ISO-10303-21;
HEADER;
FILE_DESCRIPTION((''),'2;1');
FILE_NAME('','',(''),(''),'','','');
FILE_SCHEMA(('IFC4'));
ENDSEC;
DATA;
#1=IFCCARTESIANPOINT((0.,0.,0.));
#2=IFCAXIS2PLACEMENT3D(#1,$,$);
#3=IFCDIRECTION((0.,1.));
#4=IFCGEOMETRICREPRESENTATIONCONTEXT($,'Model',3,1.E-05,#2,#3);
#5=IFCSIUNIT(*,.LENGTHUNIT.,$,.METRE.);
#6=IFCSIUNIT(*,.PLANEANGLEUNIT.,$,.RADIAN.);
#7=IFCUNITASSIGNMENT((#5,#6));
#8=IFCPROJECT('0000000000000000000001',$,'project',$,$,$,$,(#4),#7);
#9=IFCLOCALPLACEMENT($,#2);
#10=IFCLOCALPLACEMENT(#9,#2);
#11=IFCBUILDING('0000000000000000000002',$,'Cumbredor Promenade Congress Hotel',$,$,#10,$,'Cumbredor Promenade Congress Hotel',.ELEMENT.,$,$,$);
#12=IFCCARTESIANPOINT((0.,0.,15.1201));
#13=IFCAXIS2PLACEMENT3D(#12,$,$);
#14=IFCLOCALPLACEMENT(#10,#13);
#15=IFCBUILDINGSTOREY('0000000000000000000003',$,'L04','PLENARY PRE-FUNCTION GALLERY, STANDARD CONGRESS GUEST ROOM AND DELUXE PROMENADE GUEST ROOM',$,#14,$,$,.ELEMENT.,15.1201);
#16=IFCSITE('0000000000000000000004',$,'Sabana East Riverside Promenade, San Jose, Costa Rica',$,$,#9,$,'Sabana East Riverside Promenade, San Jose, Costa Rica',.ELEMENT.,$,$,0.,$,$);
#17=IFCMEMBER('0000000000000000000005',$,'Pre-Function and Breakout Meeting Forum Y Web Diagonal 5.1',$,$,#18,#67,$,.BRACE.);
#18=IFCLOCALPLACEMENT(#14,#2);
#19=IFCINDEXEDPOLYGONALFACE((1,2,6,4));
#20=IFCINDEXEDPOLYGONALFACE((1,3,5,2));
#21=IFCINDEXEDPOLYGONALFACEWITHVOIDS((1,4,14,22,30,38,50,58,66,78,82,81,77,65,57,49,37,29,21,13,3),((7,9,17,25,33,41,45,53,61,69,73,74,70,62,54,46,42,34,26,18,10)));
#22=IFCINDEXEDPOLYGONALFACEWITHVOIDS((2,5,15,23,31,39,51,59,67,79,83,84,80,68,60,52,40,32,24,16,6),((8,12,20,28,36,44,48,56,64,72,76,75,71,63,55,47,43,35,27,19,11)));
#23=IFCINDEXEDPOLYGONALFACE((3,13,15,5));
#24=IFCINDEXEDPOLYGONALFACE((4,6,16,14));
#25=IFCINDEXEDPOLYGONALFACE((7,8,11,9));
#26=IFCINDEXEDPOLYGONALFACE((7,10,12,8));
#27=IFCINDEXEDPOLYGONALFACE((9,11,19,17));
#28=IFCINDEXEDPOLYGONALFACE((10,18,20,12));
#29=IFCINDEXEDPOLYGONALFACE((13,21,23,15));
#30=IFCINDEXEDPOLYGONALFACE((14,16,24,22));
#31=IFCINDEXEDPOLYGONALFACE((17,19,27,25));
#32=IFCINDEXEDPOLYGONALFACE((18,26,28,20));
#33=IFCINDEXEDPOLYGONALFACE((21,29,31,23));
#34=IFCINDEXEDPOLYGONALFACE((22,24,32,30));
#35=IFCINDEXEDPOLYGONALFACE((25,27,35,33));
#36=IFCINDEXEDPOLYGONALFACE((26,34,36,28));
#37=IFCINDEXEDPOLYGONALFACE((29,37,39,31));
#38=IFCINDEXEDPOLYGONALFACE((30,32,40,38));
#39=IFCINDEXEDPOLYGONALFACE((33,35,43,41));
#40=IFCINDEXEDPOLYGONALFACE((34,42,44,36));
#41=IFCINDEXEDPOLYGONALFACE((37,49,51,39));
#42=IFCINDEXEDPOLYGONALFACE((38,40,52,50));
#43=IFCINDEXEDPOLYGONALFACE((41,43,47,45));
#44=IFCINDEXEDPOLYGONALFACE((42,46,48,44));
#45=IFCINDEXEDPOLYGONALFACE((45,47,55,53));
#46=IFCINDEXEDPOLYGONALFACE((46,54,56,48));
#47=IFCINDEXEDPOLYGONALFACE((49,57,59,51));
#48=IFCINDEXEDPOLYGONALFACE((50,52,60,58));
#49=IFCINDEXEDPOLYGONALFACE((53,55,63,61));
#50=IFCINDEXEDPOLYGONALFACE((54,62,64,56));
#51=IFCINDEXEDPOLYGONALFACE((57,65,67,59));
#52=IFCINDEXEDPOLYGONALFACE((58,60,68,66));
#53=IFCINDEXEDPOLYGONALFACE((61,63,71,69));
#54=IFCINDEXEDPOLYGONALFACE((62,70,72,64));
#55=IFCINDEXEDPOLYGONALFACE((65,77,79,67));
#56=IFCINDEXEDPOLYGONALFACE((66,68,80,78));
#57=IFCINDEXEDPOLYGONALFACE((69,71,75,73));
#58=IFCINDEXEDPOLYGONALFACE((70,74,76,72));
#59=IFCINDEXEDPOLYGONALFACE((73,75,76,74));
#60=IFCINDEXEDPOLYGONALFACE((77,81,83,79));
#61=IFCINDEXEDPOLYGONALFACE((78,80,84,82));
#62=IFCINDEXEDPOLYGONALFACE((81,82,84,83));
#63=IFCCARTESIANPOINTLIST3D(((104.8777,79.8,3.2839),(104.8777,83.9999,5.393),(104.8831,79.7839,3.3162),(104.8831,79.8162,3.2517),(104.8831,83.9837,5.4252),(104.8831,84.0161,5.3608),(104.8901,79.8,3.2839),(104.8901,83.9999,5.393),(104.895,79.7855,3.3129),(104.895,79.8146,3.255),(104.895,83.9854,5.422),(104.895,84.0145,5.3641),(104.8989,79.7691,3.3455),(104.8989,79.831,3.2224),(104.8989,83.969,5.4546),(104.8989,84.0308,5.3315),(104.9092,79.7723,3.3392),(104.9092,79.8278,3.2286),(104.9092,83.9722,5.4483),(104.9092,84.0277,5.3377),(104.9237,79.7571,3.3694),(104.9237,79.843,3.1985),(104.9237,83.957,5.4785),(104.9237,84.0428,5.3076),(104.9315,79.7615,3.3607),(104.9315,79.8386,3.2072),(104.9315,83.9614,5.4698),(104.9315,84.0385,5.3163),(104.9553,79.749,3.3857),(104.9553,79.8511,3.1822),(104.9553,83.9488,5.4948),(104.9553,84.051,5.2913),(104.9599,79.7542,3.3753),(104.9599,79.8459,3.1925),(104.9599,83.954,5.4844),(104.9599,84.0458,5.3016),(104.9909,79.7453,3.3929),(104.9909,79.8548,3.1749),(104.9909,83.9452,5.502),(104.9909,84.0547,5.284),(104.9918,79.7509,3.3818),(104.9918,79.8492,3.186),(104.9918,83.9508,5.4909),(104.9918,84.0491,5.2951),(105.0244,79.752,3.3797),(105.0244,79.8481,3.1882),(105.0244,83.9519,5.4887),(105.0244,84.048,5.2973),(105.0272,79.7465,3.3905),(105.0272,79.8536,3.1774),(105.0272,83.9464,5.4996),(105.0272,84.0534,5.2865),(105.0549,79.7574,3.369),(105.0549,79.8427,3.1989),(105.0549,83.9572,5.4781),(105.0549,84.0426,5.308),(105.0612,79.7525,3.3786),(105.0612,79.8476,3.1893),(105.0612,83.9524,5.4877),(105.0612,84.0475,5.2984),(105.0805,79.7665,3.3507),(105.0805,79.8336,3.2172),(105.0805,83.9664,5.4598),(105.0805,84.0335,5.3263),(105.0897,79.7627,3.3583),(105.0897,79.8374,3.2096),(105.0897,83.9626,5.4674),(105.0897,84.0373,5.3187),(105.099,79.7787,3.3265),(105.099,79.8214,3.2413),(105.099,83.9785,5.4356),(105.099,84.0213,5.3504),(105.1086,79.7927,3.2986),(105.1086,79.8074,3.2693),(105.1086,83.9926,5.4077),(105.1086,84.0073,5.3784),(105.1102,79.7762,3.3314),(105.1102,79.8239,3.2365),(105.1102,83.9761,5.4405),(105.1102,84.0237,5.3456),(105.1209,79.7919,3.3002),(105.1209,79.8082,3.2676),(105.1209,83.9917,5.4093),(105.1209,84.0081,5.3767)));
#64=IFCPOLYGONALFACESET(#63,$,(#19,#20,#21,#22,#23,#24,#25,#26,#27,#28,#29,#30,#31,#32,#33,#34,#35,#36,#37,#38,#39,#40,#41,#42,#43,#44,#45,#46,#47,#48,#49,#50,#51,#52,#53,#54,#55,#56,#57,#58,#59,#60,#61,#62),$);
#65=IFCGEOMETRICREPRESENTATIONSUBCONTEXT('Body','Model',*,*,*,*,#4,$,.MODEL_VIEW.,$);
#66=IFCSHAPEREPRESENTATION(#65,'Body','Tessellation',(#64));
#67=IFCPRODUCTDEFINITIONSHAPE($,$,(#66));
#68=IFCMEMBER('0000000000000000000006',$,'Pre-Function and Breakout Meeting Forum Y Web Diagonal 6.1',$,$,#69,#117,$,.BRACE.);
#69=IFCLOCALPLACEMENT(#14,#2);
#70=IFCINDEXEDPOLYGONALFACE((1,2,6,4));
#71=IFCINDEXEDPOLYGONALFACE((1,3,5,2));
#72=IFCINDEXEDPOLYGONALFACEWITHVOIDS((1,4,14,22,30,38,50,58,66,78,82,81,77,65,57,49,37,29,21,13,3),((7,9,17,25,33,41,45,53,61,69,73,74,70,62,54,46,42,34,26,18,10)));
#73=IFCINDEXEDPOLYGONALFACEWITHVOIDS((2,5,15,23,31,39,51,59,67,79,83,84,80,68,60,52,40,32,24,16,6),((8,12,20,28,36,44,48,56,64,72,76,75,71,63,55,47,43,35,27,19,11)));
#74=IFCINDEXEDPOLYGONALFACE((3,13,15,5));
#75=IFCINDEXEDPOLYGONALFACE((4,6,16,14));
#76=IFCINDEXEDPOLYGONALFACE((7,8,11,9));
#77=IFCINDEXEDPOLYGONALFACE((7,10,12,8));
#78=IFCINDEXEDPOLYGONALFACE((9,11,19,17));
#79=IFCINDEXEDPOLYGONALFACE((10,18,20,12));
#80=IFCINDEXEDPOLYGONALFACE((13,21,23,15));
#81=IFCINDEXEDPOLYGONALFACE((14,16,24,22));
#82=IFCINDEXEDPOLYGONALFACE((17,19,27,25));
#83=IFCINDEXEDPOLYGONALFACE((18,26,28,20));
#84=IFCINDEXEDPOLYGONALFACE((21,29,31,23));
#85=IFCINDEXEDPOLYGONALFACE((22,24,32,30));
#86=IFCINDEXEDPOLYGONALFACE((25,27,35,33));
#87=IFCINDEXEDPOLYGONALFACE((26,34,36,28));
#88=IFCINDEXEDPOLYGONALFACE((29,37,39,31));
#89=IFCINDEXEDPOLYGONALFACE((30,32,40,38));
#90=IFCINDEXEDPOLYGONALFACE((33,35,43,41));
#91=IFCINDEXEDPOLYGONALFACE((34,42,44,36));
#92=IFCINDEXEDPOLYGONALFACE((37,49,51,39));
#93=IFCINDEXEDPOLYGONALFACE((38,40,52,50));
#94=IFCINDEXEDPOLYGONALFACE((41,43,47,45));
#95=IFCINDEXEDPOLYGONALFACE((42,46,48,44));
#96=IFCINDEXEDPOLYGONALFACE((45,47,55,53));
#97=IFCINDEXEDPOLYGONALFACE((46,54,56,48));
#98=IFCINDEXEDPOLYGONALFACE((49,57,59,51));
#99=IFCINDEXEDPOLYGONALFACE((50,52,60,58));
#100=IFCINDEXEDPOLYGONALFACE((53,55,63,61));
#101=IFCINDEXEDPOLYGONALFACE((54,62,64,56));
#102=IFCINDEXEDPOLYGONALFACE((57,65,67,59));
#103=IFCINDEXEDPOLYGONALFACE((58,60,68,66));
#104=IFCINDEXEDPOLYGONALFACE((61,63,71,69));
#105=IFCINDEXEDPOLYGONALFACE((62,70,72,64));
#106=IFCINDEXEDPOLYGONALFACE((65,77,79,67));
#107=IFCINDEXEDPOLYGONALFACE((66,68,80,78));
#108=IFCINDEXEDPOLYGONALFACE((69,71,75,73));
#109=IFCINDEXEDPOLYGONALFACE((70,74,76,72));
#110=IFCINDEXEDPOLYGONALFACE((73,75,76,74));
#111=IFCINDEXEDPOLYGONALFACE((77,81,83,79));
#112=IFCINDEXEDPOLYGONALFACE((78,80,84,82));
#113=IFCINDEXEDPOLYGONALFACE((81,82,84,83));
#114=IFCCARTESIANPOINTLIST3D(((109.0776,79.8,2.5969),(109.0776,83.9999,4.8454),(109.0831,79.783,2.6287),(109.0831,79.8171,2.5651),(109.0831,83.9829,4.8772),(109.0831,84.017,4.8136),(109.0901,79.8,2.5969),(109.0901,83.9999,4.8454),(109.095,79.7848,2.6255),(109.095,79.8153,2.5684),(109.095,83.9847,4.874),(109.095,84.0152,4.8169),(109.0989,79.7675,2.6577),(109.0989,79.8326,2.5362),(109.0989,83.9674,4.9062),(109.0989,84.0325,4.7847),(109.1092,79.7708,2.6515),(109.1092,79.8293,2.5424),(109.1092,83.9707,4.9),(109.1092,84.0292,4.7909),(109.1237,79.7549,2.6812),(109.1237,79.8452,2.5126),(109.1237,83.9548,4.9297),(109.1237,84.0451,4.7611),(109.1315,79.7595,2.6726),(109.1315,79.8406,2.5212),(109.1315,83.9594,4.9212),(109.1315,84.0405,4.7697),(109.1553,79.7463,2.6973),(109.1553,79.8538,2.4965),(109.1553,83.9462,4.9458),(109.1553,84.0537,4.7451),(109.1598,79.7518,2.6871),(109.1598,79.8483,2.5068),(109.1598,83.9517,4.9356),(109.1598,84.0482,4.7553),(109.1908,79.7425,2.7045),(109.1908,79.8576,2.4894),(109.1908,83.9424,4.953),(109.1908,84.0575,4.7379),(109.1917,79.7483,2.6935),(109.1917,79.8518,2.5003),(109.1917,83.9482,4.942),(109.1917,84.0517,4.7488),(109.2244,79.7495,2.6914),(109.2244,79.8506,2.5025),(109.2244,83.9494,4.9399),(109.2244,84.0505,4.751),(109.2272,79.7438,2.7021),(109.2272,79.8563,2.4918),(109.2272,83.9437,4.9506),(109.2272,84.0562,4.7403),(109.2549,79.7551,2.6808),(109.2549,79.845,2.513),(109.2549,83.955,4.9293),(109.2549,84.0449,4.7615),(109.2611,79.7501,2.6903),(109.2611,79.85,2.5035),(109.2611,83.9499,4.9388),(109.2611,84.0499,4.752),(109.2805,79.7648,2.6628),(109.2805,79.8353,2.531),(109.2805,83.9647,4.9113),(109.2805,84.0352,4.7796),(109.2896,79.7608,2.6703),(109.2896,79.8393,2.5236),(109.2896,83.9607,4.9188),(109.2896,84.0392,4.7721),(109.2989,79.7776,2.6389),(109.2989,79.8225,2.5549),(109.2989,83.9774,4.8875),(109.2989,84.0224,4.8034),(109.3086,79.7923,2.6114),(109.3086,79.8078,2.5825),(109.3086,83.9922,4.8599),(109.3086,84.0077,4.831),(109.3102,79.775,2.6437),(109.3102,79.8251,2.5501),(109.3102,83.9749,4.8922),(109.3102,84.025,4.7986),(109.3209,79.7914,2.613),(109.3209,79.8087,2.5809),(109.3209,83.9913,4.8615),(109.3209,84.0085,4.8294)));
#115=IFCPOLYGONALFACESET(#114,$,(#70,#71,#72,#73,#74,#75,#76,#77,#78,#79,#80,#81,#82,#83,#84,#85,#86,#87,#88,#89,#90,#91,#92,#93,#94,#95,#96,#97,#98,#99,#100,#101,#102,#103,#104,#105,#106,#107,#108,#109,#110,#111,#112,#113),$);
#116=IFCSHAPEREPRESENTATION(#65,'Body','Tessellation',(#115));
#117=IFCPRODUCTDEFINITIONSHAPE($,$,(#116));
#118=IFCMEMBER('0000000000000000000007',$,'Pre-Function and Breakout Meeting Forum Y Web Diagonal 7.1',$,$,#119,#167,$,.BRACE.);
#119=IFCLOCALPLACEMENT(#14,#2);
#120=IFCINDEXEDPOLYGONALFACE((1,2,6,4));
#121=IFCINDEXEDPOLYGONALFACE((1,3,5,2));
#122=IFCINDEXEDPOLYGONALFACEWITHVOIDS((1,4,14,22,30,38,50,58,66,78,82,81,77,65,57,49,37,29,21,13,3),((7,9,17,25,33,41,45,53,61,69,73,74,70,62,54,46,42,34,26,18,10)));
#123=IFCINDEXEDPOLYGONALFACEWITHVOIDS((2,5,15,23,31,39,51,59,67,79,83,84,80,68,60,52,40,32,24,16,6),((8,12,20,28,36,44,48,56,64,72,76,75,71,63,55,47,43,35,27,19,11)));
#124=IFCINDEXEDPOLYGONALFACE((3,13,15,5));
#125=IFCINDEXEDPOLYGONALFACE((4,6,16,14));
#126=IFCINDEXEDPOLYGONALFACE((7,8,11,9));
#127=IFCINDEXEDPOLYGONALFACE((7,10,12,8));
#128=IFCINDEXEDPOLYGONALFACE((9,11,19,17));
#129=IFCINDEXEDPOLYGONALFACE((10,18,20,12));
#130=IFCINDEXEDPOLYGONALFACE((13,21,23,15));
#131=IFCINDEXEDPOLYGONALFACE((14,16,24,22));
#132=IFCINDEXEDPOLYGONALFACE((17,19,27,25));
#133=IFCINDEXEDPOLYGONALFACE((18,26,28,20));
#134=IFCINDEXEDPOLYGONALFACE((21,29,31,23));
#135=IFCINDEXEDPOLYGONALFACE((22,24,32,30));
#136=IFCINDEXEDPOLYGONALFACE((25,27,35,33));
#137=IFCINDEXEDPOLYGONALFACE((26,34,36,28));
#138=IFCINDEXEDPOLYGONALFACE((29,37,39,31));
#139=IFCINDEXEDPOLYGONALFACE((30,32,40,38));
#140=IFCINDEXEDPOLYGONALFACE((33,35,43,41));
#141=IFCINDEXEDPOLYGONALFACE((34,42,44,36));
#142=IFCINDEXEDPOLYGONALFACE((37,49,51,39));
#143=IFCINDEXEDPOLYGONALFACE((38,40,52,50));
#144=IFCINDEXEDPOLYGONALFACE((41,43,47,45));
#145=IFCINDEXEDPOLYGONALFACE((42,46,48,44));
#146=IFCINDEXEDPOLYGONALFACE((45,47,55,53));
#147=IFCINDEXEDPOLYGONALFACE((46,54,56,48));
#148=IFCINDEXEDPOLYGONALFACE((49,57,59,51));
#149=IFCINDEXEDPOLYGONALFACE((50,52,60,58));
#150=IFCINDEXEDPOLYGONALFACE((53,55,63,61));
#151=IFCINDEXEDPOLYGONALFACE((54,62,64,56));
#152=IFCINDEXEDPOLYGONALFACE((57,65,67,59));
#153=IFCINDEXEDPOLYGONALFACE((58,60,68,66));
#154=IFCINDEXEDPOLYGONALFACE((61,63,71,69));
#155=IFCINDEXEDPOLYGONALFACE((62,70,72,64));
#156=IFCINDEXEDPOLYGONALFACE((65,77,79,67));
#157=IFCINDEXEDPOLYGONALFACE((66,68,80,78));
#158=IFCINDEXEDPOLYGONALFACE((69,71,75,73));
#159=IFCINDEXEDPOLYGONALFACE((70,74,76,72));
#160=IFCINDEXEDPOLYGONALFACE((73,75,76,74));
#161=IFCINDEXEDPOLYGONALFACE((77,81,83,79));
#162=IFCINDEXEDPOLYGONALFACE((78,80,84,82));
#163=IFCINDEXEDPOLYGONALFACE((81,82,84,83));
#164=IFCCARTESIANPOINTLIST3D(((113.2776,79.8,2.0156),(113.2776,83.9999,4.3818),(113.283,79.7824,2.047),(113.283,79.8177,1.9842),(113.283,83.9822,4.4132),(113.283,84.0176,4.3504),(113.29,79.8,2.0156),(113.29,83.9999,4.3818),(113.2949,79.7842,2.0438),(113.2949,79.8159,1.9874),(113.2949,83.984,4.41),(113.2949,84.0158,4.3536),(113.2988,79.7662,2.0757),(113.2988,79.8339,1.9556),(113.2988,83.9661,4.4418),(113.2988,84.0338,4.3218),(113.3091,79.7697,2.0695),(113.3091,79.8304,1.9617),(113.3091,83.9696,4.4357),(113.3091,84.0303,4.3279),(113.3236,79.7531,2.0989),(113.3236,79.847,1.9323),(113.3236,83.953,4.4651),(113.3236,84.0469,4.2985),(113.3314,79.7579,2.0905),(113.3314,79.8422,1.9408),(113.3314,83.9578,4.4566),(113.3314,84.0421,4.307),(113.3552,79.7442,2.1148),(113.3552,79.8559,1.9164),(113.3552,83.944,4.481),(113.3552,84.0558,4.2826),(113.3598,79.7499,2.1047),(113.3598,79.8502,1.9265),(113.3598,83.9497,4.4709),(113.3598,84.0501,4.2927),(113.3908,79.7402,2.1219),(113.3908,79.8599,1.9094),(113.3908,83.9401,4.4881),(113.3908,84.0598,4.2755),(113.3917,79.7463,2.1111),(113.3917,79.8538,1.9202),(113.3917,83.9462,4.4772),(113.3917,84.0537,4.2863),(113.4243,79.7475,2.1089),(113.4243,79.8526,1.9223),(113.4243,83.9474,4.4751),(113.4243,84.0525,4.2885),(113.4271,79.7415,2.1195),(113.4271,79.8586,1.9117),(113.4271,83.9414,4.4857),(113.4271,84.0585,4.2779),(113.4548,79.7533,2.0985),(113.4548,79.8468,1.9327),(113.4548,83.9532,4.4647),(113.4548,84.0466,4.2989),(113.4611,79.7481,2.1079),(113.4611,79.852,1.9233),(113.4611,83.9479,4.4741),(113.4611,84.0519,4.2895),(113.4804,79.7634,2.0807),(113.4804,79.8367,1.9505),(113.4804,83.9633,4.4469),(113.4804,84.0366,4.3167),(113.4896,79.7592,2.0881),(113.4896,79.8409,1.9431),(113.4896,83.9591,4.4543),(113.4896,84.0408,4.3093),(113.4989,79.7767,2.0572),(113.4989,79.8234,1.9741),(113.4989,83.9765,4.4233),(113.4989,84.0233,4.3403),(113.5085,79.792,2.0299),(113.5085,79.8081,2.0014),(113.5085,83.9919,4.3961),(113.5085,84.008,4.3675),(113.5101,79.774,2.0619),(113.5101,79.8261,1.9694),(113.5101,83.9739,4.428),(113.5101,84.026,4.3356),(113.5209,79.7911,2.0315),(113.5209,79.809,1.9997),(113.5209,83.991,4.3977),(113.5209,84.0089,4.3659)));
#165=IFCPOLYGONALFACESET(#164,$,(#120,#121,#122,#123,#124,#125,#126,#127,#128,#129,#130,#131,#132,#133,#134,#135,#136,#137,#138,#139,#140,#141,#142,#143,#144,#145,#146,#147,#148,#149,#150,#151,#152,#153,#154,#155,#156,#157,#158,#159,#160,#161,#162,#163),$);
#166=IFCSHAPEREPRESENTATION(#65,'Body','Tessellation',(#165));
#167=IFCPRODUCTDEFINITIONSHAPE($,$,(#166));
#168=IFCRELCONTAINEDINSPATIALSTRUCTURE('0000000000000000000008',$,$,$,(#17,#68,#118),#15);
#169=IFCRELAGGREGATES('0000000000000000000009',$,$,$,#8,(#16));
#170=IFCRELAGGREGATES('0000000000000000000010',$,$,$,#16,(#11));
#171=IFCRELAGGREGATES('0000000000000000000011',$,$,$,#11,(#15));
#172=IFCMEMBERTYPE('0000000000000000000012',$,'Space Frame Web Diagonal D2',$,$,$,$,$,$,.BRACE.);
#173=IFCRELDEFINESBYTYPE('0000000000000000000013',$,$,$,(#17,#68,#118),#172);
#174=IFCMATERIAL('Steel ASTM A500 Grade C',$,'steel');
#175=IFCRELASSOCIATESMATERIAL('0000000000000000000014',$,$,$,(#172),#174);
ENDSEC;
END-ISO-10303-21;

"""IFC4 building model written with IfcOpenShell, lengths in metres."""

from ifc_helpers import new_model, si_unit, direction, frame, origin, origin_2d, place, context, subcontext, project, spatial, hollow_circle, extrude, material, material_profile, profile_set, type_object, element, save


model = new_model("IFC4")

# Units and contexts
model_context = context("Model", 3, precision=1e-05, world=origin(), true_north=direction((0.0, 1.0)))
body_context = subcontext(model_context, "Body", "Model", "MODEL_VIEW")
ifc_project = project(units=[si_unit("LENGTHUNIT", "METRE"), si_unit("PLANEANGLEUNIT", "RADIAN")], contexts=[model_context])

# Site, building, storey
site_placement = place(None, origin())
site = spatial("IfcSite", under=ifc_project, at=site_placement, Name="Sabana East Riverside Promenade, San Jose, Costa Rica", LongName="Sabana East Riverside Promenade, San Jose, Costa Rica", CompositionType="ELEMENT", RefElevation=0.0)
building_placement = place(site_placement, origin())
building = spatial("IfcBuilding", under=site, at=building_placement, Name="Cumbredor Promenade Congress Hotel", LongName="Cumbredor Promenade Congress Hotel", CompositionType="ELEMENT")
storey_placement = place(building_placement, frame((0.0, 0.0, 15.1201)))
storey = spatial("IfcBuildingStorey", under=building, at=storey_placement, Name="L04", Description="PLENARY PRE-FUNCTION GALLERY, STANDARD CONGRESS GUEST ROOM AND DELUXE PROMENADE GUEST ROOM", CompositionType="ELEMENT", Elevation=15.1201)

# Members
ifc_material_1 = material(Name="Steel ASTM A500 Grade C", Category="steel")
ifc_material_profile_1 = material_profile(ifc_material_1, hollow_circle(Radius=0.1223, WallThickness=0.0125, at=origin_2d()), Name="CHS 244.5x12.5")
ifc_profile_set_1 = profile_set([ifc_material_profile_1], Name="Steel ASTM A500 Grade C")
member_type_1 = type_object("IfcMemberType", Name="Space Frame Web Diagonal D2", PredefinedType="BRACE", material=ifc_profile_set_1)
member_1_placement = place(storey_placement, frame((105.0, 79.8, 3.2839), z_axis=(0.0, 0.893647, 0.448771), x_axis=(-1.0, 0.0, 0.0)))
element("IfcMember", 1, at=member_1_placement, inside=storey, type_object=member_type_1, Name="Pre-Function and Breakout Meeting Forum Y Web Diagonal 5.1", PredefinedType="BRACE", context=body_context, shape_type="SweptSolid", body=[
    extrude(hollow_circle(Radius=0.1223, WallThickness=0.0125, at=origin_2d()), origin(), (0.0, 0.0, 1.0), 4.6997),
])
member_2_placement = place(storey_placement, frame((109.2, 79.8, 2.5969), z_axis=(0.0, 0.881606, 0.471987), x_axis=(-1.0, 0.0, 0.0)))
element("IfcMember", 2, at=member_2_placement, inside=storey, type_object=member_type_1, Name="Pre-Function and Breakout Meeting Forum Y Web Diagonal 6.1", PredefinedType="BRACE", context=body_context, shape_type="SweptSolid", body=[
    extrude(hollow_circle(Radius=0.1223, WallThickness=0.0125, at=origin_2d()), origin(), (0.0, 0.0, 1.0), 4.7639),
])
member_3_placement = place(storey_placement, frame((113.3999, 79.8, 2.0156), z_axis=(0.0, 0.871244, 0.49085), x_axis=(-1.0, 0.0, 0.0)))
element("IfcMember", 3, at=member_3_placement, inside=storey, type_object=member_type_1, Name="Pre-Function and Breakout Meeting Forum Y Web Diagonal 7.1", PredefinedType="BRACE", context=body_context, shape_type="SweptSolid", body=[
    extrude(hollow_circle(Radius=0.1223, WallThickness=0.0125, at=origin_2d()), origin(), (0.0, 0.0, 1.0), 4.8206),
])

save(model, "model.ifc")
